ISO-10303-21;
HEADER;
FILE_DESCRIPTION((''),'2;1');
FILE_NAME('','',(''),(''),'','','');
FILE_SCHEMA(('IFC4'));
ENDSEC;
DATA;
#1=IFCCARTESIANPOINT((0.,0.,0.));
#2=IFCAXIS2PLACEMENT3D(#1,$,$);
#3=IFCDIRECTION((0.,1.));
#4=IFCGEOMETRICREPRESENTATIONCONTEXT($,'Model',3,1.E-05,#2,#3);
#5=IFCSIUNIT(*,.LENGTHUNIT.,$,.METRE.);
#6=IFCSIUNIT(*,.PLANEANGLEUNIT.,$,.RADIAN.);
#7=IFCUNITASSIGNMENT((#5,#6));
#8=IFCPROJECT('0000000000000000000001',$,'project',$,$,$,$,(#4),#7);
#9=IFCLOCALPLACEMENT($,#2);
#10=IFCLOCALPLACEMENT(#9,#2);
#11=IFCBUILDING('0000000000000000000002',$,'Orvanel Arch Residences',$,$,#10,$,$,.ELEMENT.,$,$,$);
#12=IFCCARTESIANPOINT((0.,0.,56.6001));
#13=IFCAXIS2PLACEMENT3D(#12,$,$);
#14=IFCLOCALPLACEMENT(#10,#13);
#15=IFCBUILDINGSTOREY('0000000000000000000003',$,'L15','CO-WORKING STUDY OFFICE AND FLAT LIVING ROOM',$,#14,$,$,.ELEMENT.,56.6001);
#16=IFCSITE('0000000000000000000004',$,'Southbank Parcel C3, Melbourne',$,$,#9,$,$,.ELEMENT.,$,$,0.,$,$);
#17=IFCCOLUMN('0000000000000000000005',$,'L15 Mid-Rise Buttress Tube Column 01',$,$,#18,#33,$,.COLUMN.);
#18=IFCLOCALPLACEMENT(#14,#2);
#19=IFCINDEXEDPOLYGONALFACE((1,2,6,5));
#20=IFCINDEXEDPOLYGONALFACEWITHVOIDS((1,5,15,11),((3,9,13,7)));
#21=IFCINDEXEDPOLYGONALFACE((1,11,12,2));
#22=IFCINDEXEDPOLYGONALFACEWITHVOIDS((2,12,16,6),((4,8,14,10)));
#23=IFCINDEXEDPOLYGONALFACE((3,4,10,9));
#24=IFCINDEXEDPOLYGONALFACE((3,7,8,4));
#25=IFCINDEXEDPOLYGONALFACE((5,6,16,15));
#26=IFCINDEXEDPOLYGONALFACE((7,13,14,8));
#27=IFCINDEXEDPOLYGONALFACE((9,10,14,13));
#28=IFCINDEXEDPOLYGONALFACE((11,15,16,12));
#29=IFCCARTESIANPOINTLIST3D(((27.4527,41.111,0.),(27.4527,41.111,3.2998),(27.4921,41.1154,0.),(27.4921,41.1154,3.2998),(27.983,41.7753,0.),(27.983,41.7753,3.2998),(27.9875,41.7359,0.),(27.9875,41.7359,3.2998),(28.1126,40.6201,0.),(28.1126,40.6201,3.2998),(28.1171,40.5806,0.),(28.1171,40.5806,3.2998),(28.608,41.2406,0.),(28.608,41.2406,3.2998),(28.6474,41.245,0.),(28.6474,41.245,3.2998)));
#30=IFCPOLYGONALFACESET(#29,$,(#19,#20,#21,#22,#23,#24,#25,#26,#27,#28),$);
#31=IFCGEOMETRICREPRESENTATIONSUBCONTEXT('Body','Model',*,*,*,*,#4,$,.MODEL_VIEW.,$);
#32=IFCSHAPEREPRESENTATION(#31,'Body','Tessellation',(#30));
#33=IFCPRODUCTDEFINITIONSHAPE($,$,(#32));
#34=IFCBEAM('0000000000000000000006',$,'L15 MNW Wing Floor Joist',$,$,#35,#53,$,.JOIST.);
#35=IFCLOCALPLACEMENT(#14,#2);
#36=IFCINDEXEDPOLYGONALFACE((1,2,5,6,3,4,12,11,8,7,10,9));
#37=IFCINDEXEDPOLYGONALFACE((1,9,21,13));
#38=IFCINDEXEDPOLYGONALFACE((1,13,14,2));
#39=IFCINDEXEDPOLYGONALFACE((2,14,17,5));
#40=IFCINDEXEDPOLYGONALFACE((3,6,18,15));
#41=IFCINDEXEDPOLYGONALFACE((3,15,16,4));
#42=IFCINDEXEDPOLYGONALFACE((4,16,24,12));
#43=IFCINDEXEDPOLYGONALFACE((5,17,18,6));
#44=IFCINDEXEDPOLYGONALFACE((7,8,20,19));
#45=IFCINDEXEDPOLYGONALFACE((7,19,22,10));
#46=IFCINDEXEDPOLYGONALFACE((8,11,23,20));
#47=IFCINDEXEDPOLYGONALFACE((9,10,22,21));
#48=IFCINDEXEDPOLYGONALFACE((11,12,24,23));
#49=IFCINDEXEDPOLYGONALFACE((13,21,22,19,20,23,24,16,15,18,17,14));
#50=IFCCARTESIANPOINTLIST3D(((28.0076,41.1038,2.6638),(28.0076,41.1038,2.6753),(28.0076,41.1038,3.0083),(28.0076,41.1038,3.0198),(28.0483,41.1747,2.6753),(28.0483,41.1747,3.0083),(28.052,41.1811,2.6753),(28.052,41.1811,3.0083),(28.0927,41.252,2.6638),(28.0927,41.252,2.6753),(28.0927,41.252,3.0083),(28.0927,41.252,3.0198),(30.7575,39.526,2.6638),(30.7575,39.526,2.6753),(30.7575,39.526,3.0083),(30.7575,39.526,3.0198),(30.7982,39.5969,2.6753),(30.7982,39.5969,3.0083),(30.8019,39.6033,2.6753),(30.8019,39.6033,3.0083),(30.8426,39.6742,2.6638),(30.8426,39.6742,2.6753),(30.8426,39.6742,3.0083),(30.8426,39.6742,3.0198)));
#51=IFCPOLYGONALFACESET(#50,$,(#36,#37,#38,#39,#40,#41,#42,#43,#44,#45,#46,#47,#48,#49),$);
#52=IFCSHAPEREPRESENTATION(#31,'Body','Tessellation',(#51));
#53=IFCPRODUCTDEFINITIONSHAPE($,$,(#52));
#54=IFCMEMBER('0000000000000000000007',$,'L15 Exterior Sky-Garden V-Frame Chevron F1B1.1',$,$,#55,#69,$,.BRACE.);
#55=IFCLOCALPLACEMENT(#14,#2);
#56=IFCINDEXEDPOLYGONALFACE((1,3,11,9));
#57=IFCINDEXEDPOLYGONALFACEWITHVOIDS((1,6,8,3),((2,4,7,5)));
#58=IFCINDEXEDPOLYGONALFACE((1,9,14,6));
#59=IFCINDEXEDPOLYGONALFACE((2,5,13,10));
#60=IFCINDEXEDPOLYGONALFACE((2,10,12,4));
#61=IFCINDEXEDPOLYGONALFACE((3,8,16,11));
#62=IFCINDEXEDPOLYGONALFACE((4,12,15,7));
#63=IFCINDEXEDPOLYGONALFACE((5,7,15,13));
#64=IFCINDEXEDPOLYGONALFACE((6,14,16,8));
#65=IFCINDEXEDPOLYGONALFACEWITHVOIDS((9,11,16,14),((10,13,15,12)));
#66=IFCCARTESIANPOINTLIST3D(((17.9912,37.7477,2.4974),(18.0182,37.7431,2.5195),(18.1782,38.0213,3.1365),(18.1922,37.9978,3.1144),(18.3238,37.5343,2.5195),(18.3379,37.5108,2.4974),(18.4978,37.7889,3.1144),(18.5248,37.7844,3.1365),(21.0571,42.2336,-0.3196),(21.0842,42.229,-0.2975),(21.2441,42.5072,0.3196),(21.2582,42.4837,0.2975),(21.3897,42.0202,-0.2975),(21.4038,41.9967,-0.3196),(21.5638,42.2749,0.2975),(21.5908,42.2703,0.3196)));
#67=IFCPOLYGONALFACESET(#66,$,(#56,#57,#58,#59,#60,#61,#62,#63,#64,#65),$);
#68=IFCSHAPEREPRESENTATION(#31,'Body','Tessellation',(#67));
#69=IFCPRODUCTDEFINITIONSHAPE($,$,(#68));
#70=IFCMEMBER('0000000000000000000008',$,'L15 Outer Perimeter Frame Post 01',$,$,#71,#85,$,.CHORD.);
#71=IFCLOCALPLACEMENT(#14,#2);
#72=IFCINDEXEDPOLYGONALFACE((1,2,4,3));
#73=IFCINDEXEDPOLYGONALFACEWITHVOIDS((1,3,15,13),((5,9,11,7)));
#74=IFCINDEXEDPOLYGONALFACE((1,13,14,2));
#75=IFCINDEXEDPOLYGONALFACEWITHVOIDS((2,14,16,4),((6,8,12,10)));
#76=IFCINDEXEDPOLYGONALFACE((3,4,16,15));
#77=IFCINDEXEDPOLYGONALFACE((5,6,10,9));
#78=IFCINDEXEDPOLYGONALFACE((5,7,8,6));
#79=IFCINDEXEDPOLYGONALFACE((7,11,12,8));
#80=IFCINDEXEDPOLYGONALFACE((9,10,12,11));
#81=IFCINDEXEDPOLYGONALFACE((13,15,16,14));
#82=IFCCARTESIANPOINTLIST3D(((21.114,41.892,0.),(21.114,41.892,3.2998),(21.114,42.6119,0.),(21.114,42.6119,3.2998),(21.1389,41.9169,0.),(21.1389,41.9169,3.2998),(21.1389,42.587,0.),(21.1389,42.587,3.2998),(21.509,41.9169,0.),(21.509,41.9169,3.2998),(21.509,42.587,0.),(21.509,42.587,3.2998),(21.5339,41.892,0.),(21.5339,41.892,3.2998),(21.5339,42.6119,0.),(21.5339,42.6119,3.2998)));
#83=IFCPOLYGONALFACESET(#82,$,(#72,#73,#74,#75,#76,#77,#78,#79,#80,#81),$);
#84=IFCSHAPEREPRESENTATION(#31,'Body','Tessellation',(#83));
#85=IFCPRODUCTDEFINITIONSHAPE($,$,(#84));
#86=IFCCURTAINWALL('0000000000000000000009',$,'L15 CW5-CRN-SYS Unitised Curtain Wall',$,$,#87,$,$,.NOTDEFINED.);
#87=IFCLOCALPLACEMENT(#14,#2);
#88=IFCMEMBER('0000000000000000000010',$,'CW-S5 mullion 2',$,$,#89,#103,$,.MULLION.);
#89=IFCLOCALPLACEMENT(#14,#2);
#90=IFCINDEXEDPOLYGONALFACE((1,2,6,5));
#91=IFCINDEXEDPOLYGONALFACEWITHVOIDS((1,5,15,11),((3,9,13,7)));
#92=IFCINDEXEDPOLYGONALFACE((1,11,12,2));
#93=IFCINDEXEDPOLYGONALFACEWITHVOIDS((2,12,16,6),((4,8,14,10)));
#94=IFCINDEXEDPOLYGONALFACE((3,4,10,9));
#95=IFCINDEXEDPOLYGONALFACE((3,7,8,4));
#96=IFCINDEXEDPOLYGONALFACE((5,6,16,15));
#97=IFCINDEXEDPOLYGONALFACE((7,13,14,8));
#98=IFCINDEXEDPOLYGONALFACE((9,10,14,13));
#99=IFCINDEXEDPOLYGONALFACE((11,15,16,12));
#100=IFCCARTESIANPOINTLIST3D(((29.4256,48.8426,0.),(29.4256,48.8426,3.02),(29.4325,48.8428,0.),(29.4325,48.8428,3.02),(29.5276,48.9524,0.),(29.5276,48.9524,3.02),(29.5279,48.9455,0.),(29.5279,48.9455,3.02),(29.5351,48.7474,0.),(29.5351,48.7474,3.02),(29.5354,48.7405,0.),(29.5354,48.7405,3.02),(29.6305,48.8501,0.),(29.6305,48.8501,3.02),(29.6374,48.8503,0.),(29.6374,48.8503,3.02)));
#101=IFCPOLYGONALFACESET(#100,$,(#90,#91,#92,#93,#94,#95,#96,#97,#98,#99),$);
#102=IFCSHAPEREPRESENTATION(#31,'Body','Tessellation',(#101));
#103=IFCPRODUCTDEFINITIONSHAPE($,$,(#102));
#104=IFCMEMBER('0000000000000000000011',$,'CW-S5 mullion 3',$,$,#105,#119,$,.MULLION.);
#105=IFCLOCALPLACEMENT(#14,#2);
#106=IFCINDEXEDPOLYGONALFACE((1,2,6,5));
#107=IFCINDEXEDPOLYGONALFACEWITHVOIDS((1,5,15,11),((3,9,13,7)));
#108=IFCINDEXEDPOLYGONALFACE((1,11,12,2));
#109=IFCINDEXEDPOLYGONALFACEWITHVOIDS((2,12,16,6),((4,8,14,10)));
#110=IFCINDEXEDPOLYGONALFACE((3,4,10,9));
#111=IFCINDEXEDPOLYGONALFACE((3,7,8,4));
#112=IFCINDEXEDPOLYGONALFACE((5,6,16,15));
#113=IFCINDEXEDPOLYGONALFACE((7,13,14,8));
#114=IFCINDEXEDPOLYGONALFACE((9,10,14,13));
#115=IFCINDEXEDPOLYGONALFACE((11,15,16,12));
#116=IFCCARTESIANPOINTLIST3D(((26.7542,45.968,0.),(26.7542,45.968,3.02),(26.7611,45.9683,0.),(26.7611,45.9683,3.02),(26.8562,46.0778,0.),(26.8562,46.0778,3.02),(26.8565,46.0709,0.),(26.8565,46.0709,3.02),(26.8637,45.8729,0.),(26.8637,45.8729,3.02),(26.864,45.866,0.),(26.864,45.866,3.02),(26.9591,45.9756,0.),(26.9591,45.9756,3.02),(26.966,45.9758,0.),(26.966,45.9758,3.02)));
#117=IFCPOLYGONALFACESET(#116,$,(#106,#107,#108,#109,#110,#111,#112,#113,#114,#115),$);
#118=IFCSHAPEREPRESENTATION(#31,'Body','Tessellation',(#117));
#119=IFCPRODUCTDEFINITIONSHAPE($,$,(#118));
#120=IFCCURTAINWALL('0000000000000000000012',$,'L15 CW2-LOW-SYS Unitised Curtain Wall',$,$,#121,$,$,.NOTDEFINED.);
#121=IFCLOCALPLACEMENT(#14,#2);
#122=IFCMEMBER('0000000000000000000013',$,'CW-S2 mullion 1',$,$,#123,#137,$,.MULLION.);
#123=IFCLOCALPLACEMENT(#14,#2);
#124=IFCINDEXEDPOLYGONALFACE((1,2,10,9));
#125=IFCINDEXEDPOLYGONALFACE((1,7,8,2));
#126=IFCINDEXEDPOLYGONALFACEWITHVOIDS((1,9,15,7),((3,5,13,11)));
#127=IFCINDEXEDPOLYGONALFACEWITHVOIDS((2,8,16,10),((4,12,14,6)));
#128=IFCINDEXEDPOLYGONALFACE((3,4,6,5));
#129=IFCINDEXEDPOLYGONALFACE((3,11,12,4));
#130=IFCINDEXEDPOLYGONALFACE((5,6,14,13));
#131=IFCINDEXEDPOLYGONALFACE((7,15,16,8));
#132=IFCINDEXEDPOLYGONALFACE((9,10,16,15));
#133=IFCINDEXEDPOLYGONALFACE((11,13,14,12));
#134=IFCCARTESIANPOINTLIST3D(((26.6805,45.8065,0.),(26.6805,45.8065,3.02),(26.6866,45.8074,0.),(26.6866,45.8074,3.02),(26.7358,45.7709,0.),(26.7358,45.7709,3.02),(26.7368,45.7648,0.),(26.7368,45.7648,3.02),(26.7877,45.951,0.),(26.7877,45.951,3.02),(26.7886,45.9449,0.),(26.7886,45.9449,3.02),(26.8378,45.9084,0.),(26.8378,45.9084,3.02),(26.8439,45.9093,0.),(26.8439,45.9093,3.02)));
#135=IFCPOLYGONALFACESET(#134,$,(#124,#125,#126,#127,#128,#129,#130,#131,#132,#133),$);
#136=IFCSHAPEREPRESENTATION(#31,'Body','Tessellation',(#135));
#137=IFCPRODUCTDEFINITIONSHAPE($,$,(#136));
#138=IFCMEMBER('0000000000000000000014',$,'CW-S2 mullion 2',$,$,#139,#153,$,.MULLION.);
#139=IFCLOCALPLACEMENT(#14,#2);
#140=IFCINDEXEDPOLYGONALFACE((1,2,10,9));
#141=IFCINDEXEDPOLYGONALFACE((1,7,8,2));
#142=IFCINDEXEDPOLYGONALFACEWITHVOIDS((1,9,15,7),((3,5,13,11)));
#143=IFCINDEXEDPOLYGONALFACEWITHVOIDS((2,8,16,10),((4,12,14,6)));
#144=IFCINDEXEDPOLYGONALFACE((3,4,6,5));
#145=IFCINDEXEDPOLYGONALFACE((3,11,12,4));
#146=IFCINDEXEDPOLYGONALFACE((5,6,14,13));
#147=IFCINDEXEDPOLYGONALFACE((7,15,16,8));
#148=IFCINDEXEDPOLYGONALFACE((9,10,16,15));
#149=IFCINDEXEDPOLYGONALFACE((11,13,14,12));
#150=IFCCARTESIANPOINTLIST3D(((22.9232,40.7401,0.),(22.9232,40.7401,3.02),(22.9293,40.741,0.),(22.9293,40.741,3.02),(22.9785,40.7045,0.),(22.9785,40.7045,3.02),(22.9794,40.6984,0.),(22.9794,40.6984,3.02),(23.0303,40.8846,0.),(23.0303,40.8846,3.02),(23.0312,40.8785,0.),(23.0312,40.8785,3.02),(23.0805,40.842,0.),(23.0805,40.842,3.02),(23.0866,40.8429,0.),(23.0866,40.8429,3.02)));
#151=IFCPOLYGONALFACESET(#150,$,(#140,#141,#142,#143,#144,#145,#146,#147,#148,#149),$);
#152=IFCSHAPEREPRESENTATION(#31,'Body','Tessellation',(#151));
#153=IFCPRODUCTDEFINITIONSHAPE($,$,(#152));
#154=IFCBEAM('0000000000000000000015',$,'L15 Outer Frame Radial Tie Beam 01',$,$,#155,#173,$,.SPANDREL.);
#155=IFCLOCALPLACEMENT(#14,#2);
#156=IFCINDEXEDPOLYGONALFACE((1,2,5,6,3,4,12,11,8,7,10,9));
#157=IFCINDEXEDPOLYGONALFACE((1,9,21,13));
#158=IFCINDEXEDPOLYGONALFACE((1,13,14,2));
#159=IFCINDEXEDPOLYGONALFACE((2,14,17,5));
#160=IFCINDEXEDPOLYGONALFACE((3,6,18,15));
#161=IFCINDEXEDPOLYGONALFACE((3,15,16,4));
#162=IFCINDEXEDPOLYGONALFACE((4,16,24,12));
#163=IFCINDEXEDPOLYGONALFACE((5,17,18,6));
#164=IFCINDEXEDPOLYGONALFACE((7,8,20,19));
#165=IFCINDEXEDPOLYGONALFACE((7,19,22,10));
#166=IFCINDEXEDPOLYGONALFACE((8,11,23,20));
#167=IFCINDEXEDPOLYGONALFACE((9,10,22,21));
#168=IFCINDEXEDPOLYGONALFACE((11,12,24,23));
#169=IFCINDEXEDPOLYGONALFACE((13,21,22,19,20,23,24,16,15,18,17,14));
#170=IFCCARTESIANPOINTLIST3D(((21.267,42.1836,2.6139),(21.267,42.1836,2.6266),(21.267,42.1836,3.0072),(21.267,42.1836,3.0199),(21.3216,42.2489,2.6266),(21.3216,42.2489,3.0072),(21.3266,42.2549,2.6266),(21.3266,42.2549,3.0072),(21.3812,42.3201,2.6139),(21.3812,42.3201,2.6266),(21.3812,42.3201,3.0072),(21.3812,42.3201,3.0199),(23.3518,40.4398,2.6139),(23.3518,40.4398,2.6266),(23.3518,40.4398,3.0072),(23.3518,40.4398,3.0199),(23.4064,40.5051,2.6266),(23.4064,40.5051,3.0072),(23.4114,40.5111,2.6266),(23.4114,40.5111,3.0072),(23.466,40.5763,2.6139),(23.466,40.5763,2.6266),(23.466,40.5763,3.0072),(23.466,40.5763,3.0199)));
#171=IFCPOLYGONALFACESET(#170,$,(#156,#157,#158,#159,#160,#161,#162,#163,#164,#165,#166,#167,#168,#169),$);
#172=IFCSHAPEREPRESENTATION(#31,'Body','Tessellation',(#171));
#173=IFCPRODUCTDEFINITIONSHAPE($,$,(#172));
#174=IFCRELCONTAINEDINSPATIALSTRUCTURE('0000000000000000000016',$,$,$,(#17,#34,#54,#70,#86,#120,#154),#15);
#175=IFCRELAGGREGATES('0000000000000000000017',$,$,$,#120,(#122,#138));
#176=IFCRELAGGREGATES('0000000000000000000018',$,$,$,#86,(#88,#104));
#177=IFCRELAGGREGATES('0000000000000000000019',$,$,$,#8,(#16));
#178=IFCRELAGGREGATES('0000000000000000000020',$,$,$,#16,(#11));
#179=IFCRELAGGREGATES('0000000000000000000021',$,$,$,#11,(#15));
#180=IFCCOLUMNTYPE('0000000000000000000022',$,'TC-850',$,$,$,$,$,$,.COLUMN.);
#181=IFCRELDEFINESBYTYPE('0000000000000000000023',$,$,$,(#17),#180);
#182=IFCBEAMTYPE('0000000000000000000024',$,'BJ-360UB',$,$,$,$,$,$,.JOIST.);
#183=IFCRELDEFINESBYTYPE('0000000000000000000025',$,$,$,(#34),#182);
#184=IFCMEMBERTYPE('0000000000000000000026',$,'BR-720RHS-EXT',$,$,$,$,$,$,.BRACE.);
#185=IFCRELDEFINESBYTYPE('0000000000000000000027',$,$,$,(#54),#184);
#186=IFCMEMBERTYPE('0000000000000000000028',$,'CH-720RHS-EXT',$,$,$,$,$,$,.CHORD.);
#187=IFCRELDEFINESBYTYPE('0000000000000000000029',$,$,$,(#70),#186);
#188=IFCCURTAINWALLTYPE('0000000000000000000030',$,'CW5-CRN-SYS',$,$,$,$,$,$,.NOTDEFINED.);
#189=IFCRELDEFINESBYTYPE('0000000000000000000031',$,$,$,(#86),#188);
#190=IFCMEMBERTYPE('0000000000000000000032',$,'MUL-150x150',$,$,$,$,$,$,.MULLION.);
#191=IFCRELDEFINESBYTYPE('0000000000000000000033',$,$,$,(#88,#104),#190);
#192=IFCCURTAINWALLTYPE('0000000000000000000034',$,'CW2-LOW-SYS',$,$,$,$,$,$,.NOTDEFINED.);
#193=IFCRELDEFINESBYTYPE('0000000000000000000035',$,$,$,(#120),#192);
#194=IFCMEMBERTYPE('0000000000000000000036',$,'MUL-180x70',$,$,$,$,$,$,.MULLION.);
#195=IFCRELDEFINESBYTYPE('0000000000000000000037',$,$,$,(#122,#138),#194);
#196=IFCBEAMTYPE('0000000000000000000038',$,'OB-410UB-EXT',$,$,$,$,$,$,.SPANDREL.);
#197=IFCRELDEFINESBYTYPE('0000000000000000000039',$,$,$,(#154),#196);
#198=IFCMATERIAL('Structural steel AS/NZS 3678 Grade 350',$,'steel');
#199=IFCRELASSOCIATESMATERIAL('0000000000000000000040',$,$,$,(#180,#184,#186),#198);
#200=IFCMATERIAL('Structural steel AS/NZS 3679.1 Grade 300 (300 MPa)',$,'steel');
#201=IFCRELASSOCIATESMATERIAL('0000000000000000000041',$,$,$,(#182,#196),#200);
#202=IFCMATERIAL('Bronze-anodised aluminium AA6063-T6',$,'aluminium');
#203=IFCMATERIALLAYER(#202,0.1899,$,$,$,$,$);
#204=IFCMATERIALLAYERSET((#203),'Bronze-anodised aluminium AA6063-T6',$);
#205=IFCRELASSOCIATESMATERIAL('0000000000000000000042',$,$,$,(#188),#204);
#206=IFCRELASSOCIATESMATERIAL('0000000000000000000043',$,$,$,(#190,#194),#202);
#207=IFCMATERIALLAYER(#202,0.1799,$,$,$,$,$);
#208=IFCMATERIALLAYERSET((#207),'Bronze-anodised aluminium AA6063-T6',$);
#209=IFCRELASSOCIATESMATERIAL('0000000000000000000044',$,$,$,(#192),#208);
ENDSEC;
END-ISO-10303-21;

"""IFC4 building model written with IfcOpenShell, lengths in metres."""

from ifc_helpers import new_model, si_unit, direction, frame, origin, origin_2d, place, context, subcontext, project, spatial, hollow_rectangle, i_section, extrude, material, layer, layer_set, material_profile, profile_set, type_object, element, aggregate, save


model = new_model("IFC4")

# Units and contexts
model_context = context("Model", 3, precision=1e-05, world=origin(), true_north=direction((0.0, 1.0)))
body_context = subcontext(model_context, "Body", "Model", "MODEL_VIEW")
ifc_project = project(units=[si_unit("LENGTHUNIT", "METRE"), si_unit("PLANEANGLEUNIT", "RADIAN")], contexts=[model_context])

# Site, building, storey
site_placement = place(None, origin())
site = spatial("IfcSite", under=ifc_project, at=site_placement, Name="Southbank Parcel C3, Melbourne", CompositionType="ELEMENT", RefElevation=0.0)
building_placement = place(site_placement, origin())
building = spatial("IfcBuilding", under=site, at=building_placement, Name="Orvanel Arch Residences", CompositionType="ELEMENT")
storey_placement = place(building_placement, frame((0.0, 0.0, 56.6001)))
storey = spatial("IfcBuildingStorey", under=building, at=storey_placement, Name="L15", Description="CO-WORKING STUDY OFFICE AND FLAT LIVING ROOM", CompositionType="ELEMENT", Elevation=56.6001)

# Column
ifc_material_1 = material(Name="Structural steel AS/NZS 3678 Grade 350", Category="steel")
ifc_material_profile_1 = material_profile(ifc_material_1, hollow_rectangle(XDim=0.8501, YDim=0.8501, WallThickness=0.0281, at=origin_2d()), Name="BOX850x850x28")
ifc_profile_set_1 = profile_set([ifc_material_profile_1], Name="Structural steel AS/NZS 3678 Grade 350")
column_type = type_object("IfcColumnType", Name="TC-850", PredefinedType="COLUMN", material=ifc_profile_set_1)
column_placement = place(storey_placement, frame((28.05, 41.178, 0.0), z_axis=(0.0, 0.0, 1.0), x_axis=(0.62388, 0.78152, 0.0)))
element("IfcColumn", 1, at=column_placement, inside=storey, type_object=column_type, Name="L15 Mid-Rise Buttress Tube Column 01", PredefinedType="COLUMN", context=body_context, shape_type="SweptSolid", body=[
    extrude(hollow_rectangle(XDim=0.8501, YDim=0.8501, WallThickness=0.0281, at=origin_2d()), origin(), (0.0, 0.0, 1.0), 3.2998),
])

# Beam
ifc_material_2 = material(Name="Structural steel AS/NZS 3679.1 Grade 300 (300 MPa)", Category="steel")
ifc_material_profile_2 = material_profile(ifc_material_2, i_section(OverallWidth=0.1709, OverallDepth=0.356, WebThickness=0.0073, FlangeThickness=0.0115, at=origin_2d()), Name="360UB50.7")
ifc_profile_set_2 = profile_set([ifc_material_profile_2], Name="Structural steel AS/NZS 3679.1 Grade 300 (300 MPa)")
beam_type_1 = type_object("IfcBeamType", Name="BJ-360UB", PredefinedType="JOIST", material=ifc_profile_set_2)
beam_1_placement = place(storey_placement, frame((30.8, 39.6001, 2.8418), z_axis=(-0.867365, 0.497672, 0.0), x_axis=(-0.497672, -0.867365, 0.0)))
element("IfcBeam", 2, at=beam_1_placement, inside=storey, type_object=beam_type_1, Name="L15 MNW Wing Floor Joist", PredefinedType="JOIST", context=body_context, shape_type="SweptSolid", body=[
    extrude(i_section(OverallWidth=0.1709, OverallDepth=0.356, WebThickness=0.0073, FlangeThickness=0.0115, at=origin_2d()), origin(), (0.0, 0.0, 1.0), 3.1704),
])

# Members
ifc_material_profile_3 = material_profile(ifc_material_1, hollow_rectangle(XDim=0.4199, YDim=0.72, WallThickness=0.0249, at=origin_2d()), Name="RHS720x420x25")
ifc_profile_set_3 = profile_set([ifc_material_profile_3], Name="Structural steel AS/NZS 3678 Grade 350")
member_type_1 = type_object("IfcMemberType", Name="BR-720RHS-EXT", PredefinedType="BRACE", material=ifc_profile_set_3)
member_1_placement = place(storey_placement, frame((21.324, 42.252, 0.0), z_axis=(-0.500946, -0.73295, 0.460258), x_axis=(0.825594, -0.564265, 0.0)))
element("IfcMember", 3, at=member_1_placement, inside=storey, type_object=member_type_1, Name="L15 Exterior Sky-Garden V-Frame Chevron F1B1.1", PredefinedType="BRACE", context=body_context, shape_type="SweptSolid", body=[
    extrude(hollow_rectangle(XDim=0.4199, YDim=0.72, WallThickness=0.0249, at=origin_2d()), origin(), (0.0, 0.0, 1.0), 6.1204),
])
ifc_material_profile_4 = material_profile(ifc_material_1, hollow_rectangle(XDim=0.4199, YDim=0.72, WallThickness=0.0249, at=origin_2d()), Name="RHS720x420x25")
ifc_profile_set_4 = profile_set([ifc_material_profile_4], Name="Structural steel AS/NZS 3678 Grade 350")
member_type_2 = type_object("IfcMemberType", Name="CH-720RHS-EXT", PredefinedType="CHORD", material=ifc_profile_set_4)
member_2_placement = place(storey_placement, frame((21.324, 42.252, 0.0), z_axis=(0.0, 0.0, 1.0), x_axis=(1.0, 0.0, 0.0)))
element("IfcMember", 4, at=member_2_placement, inside=storey, type_object=member_type_2, Name="L15 Outer Perimeter Frame Post 01", PredefinedType="CHORD", context=body_context, shape_type="SweptSolid", body=[
    extrude(hollow_rectangle(XDim=0.4199, YDim=0.72, WallThickness=0.0249, at=origin_2d()), origin(), (0.0, 0.0, 1.0), 3.2998),
])

# Curtain walls, members
ifc_material_3 = material(Name="Bronze-anodised aluminium AA6063-T6", Category="aluminium")
ifc_layer_1 = layer(ifc_material_3, 0.1899)
ifc_layer_set_1 = layer_set([ifc_layer_1], Name="Bronze-anodised aluminium AA6063-T6")
curtain_wall_type_1 = type_object("IfcCurtainWallType", Name="CW5-CRN-SYS", PredefinedType="NOTDEFINED", material=ifc_layer_set_1)
curtain_wall_1_placement = place(storey_placement, origin())
curtain_wall_1 = element("IfcCurtainWall", 5, at=curtain_wall_1_placement, inside=storey, type_object=curtain_wall_type_1, Name="L15 CW5-CRN-SYS Unitised Curtain Wall", PredefinedType="NOTDEFINED")
ifc_material_profile_5 = material_profile(ifc_material_3, hollow_rectangle(XDim=0.1499, YDim=0.1499, WallThickness=0.0049, at=origin_2d()), Name="ALU150x150x5")
ifc_profile_set_5 = profile_set([ifc_material_profile_5], Name="Bronze-anodised aluminium AA6063-T6")
member_type_3 = type_object("IfcMemberType", Name="MUL-150x150", PredefinedType="MULLION", material=ifc_profile_set_5)
member_3_placement = place(storey_placement, frame((29.5315, 48.8464, 0.0), z_axis=(0.0, 0.0, 1.0), x_axis=(0.732513, -0.680753, 0.0)))
member_3 = element("IfcMember", 6, at=member_3_placement, type_object=member_type_3, Name="CW-S5 mullion 2", PredefinedType="MULLION", context=body_context, shape_type="SweptSolid", body=[
    extrude(hollow_rectangle(XDim=0.1499, YDim=0.1499, WallThickness=0.0049, at=origin_2d()), origin(), (0.0, 0.0, 1.0), 3.02),
])
member_4_placement = place(storey_placement, frame((26.8601, 45.9719, 0.0), z_axis=(0.0, 0.0, 1.0), x_axis=(0.732513, -0.680753, 0.0)))
member_4 = element("IfcMember", 7, at=member_4_placement, type_object=member_type_3, Name="CW-S5 mullion 3", PredefinedType="MULLION", context=body_context, shape_type="SweptSolid", body=[
    extrude(hollow_rectangle(XDim=0.1499, YDim=0.1499, WallThickness=0.0049, at=origin_2d()), origin(), (0.0, 0.0, 1.0), 3.02),
])
ifc_layer_2 = layer(ifc_material_3, 0.1799)
ifc_layer_set_2 = layer_set([ifc_layer_2], Name="Bronze-anodised aluminium AA6063-T6")
curtain_wall_type_2 = type_object("IfcCurtainWallType", Name="CW2-LOW-SYS", PredefinedType="NOTDEFINED", material=ifc_layer_set_2)
curtain_wall_2_placement = place(storey_placement, origin())
curtain_wall_2 = element("IfcCurtainWall", 8, at=curtain_wall_2_placement, inside=storey, type_object=curtain_wall_type_2, Name="L15 CW2-LOW-SYS Unitised Curtain Wall", PredefinedType="NOTDEFINED")
ifc_material_profile_6 = material_profile(ifc_material_3, hollow_rectangle(XDim=0.0701, YDim=0.1799, WallThickness=0.0044, at=origin_2d()), Name="ALU180x70x4.5")
ifc_profile_set_6 = profile_set([ifc_material_profile_6], Name="Bronze-anodised aluminium AA6063-T6")
member_type_4 = type_object("IfcMemberType", Name="MUL-180x70", PredefinedType="MULLION", material=ifc_profile_set_6)
member_5_placement = place(storey_placement, frame((26.7622, 45.8579, 0.0), z_axis=(0.0, 0.0, 1.0), x_axis=(0.803233, -0.595665, 0.0)))
member_5 = element("IfcMember", 9, at=member_5_placement, type_object=member_type_4, Name="CW-S2 mullion 1", PredefinedType="MULLION", context=body_context, shape_type="SweptSolid", body=[
    extrude(hollow_rectangle(XDim=0.0701, YDim=0.1799, WallThickness=0.0044, at=origin_2d()), origin(), (0.0, 0.0, 1.0), 3.02),
])
member_6_placement = place(storey_placement, frame((23.0049, 40.7915, 0.0), z_axis=(0.0, 0.0, 1.0), x_axis=(0.803233, -0.595665, 0.0)))
member_6 = element("IfcMember", 10, at=member_6_placement, type_object=member_type_4, Name="CW-S2 mullion 2", PredefinedType="MULLION", context=body_context, shape_type="SweptSolid", body=[
    extrude(hollow_rectangle(XDim=0.0701, YDim=0.1799, WallThickness=0.0044, at=origin_2d()), origin(), (0.0, 0.0, 1.0), 3.02),
])

# Beam
ifc_material_profile_7 = material_profile(ifc_material_2, i_section(OverallWidth=0.178, OverallDepth=0.406, WebThickness=0.0078, FlangeThickness=0.0127, at=origin_2d()), Name="410UB59.7")
ifc_profile_set_7 = profile_set([ifc_material_profile_7], Name="Structural steel AS/NZS 3679.1 Grade 300 (300 MPa)")
beam_type_2 = type_object("IfcBeamType", Name="OB-410UB-EXT", PredefinedType="SPANDREL", material=ifc_profile_set_7)
beam_2_placement = place(storey_placement, frame((23.4089, 40.5081, 2.8169), z_axis=(-0.767057, 0.641579, 0.0), x_axis=(-0.641579, -0.767057, 0.0)))
element("IfcBeam", 11, at=beam_2_placement, inside=storey, type_object=beam_type_2, Name="L15 Outer Frame Radial Tie Beam 01", PredefinedType="SPANDREL", context=body_context, shape_type="SweptSolid", body=[
    extrude(i_section(OverallWidth=0.178, OverallDepth=0.406, WebThickness=0.0078, FlangeThickness=0.0127, at=origin_2d()), origin(), (0.0, 0.0, 1.0), 2.718),
])

aggregate(curtain_wall_2, [member_5, member_6])
aggregate(curtain_wall_1, [member_3, member_4])

save(model, "model.ifc")
